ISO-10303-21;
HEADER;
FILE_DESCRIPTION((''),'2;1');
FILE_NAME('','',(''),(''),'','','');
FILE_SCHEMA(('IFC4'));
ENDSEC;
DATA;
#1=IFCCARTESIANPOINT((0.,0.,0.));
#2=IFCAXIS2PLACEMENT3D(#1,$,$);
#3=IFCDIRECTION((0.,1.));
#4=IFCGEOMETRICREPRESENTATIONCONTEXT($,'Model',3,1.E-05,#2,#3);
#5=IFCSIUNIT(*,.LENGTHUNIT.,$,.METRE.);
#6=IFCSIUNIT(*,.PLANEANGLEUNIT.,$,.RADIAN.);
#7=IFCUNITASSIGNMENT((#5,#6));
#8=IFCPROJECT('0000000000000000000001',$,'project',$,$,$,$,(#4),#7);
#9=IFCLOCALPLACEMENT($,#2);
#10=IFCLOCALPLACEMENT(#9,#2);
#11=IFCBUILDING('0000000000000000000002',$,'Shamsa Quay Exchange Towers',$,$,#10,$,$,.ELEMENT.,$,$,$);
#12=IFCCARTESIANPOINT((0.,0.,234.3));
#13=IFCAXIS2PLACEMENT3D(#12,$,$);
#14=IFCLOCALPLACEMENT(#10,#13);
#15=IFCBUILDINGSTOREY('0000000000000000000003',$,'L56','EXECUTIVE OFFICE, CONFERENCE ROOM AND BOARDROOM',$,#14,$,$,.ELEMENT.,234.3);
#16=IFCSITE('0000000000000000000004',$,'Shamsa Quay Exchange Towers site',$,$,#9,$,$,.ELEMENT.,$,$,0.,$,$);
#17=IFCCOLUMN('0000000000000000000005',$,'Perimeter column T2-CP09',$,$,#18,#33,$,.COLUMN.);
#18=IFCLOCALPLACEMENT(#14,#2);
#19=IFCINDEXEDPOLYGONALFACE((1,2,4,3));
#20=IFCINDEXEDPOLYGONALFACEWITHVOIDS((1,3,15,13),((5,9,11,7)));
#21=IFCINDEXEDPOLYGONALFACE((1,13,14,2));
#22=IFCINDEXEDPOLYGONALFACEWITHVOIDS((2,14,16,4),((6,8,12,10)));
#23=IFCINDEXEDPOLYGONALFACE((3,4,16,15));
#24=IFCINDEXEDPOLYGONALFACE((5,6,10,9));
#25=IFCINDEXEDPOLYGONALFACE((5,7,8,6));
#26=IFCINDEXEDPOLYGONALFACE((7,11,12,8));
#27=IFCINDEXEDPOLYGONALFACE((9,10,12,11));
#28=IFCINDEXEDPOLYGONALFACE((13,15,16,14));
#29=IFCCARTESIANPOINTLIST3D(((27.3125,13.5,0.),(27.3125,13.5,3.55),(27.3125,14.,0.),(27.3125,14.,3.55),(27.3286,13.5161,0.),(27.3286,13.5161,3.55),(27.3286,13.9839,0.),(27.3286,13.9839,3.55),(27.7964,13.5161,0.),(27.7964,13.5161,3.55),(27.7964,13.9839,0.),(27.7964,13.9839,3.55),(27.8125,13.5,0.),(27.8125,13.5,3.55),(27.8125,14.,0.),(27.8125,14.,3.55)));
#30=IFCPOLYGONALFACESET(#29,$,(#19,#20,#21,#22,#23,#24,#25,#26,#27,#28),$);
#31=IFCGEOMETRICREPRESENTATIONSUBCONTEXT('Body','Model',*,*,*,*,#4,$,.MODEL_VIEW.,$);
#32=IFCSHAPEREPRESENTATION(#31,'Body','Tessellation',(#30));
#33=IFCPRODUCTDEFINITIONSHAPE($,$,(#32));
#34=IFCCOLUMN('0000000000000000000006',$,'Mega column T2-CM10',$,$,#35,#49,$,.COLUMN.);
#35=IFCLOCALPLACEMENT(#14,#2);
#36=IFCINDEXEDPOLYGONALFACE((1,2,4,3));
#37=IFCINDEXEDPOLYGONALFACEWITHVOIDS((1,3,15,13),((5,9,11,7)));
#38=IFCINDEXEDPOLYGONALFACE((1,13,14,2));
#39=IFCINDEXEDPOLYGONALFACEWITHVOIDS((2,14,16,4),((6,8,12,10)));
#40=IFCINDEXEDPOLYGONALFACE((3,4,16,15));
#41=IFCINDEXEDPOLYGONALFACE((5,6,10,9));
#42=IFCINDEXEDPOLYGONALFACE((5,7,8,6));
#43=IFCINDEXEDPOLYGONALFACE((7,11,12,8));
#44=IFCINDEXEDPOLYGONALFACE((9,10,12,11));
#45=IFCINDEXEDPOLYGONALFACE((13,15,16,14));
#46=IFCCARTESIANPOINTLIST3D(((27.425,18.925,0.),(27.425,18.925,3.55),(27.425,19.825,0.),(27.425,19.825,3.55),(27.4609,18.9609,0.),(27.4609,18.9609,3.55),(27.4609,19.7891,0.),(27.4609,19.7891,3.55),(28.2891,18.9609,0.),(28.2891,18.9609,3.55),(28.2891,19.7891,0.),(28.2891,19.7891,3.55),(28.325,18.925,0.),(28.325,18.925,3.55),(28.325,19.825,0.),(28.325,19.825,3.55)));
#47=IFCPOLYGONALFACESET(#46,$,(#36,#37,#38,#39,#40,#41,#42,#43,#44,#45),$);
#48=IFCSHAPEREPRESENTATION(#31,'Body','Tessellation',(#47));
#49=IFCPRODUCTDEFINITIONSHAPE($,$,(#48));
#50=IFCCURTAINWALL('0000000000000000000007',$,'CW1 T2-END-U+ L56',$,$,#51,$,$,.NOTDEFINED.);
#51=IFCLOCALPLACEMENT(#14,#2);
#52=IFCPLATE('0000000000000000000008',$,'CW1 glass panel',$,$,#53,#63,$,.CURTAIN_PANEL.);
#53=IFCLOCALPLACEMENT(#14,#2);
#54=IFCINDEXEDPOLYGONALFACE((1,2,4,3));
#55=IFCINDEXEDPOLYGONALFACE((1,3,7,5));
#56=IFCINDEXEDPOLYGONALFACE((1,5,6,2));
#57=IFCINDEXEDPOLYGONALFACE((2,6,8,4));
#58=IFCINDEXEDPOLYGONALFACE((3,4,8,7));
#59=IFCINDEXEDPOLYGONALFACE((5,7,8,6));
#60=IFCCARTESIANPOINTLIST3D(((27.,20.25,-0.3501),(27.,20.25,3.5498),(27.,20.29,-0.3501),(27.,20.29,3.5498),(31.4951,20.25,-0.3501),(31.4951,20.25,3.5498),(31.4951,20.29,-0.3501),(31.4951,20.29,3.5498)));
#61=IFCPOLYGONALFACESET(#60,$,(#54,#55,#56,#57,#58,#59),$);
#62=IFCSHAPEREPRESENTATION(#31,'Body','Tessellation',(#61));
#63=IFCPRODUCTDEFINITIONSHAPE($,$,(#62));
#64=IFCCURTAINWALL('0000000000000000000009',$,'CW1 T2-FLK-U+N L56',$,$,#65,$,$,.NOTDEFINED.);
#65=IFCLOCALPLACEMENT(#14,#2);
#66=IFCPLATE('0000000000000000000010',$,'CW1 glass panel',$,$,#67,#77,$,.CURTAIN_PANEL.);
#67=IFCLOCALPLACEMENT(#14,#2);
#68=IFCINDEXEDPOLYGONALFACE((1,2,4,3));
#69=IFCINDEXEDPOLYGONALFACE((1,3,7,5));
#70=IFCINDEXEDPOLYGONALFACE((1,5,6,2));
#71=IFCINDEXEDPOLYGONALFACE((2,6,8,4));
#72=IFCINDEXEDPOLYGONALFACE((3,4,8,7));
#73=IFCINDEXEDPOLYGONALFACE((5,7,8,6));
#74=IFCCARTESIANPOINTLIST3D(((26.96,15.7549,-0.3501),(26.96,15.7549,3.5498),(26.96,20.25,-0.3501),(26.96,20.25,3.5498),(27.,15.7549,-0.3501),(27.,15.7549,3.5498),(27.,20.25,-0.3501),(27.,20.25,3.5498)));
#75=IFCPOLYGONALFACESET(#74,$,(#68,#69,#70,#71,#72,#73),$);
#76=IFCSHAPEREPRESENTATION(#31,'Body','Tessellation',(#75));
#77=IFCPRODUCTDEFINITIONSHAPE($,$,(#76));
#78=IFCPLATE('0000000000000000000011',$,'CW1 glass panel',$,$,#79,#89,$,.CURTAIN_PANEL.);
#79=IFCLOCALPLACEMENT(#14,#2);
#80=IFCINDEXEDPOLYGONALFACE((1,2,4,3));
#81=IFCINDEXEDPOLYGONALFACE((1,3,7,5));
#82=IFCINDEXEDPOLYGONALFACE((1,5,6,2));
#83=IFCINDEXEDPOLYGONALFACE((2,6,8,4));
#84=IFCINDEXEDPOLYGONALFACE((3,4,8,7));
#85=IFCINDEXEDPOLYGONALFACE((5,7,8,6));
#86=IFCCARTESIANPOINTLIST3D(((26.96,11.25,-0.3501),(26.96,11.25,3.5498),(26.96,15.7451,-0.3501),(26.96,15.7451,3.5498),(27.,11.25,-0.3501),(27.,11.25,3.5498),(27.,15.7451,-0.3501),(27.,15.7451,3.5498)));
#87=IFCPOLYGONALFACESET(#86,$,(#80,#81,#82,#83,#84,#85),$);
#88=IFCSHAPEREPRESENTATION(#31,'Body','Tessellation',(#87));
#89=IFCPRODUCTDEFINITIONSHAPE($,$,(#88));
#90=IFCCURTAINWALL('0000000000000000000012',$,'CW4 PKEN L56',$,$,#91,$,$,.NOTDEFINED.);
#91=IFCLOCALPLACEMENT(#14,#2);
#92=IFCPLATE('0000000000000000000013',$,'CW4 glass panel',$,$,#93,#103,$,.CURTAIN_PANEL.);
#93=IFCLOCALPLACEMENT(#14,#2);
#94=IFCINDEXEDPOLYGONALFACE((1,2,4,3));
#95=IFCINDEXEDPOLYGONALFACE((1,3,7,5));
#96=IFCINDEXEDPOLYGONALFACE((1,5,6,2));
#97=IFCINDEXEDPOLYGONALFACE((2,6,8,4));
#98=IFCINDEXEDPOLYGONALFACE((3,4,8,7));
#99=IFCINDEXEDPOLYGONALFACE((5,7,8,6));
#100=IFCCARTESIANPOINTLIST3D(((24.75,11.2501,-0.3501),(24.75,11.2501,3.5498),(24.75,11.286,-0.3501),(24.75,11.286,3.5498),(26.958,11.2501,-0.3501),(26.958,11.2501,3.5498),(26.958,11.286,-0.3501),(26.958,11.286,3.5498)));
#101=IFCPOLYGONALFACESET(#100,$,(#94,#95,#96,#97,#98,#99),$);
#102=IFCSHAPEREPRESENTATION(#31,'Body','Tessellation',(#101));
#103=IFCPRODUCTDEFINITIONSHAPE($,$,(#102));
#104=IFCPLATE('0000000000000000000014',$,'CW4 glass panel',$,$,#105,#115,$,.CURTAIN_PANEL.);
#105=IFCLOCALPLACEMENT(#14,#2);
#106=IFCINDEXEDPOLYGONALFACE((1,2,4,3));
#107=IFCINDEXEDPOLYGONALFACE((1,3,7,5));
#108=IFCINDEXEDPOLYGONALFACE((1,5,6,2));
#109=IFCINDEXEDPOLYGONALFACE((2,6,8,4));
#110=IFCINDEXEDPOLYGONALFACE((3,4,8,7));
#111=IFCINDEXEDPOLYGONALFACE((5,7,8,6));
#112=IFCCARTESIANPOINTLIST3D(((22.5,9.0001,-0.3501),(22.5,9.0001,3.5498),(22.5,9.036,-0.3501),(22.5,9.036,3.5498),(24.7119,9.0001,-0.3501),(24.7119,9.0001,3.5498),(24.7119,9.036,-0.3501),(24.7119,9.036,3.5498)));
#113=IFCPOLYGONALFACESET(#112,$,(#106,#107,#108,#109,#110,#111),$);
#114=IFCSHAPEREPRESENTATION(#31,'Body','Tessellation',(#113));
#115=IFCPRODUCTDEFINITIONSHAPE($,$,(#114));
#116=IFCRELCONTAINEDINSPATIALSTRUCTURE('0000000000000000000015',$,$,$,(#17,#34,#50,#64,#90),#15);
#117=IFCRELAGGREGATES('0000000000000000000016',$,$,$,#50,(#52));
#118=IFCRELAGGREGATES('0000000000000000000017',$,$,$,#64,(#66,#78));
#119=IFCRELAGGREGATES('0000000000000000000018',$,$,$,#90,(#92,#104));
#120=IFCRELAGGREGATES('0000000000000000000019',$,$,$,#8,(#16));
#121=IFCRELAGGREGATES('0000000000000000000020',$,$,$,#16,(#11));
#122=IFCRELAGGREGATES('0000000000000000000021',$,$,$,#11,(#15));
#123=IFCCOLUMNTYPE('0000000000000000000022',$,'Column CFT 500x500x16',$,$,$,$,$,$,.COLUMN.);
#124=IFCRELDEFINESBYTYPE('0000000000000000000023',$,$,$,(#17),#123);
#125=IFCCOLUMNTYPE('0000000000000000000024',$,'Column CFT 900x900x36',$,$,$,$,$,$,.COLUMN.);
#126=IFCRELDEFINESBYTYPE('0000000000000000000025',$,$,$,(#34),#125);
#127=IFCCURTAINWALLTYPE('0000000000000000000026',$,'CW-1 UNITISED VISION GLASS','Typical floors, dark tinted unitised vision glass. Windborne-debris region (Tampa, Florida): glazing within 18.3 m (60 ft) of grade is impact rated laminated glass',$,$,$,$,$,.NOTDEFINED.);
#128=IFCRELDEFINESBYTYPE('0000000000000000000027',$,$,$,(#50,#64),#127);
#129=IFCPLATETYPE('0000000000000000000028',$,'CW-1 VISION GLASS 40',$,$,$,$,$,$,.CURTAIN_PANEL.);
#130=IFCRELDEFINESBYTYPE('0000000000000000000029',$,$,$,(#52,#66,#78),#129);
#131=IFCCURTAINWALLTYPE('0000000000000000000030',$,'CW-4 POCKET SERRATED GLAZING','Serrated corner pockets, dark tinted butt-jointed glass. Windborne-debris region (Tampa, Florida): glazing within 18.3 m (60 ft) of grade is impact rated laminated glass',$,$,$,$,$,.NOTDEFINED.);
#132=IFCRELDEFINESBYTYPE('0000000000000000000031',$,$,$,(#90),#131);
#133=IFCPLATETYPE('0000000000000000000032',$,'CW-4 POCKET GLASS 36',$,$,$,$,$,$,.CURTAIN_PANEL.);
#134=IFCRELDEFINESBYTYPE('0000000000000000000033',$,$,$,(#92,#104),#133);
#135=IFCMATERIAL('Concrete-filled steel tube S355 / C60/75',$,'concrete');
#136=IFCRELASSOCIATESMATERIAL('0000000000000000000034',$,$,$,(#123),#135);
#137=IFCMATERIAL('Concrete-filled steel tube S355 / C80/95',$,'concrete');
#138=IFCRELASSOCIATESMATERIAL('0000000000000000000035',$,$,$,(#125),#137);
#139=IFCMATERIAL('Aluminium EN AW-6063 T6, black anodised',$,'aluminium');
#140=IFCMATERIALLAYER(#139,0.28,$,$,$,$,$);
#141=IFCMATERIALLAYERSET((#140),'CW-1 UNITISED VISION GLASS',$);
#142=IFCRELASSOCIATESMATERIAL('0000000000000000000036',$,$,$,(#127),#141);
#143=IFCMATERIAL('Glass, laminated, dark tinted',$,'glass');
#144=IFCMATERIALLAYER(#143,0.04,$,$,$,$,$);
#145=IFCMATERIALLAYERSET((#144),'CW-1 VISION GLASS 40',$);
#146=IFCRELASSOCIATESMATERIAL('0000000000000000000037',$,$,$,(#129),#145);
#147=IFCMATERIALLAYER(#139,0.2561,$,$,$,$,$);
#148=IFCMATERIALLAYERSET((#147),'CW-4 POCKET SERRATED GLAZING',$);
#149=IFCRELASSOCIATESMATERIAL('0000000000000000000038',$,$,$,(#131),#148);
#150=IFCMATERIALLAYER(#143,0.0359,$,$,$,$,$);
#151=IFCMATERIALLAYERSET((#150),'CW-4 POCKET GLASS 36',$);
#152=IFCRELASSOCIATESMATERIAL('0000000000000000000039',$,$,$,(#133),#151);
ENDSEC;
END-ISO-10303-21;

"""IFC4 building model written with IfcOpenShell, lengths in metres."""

from ifc_helpers import new_model, si_unit, direction, frame, origin, origin_2d, place, context, subcontext, project, spatial, rectangle, hollow_rectangle, extrude, material, layer, layer_set, material_profile, profile_set, type_object, element, aggregate, save


model = new_model("IFC4")

# Units and contexts
model_context = context("Model", 3, precision=1e-05, world=origin(), true_north=direction((0.0, 1.0)))
body_context = subcontext(model_context, "Body", "Model", "MODEL_VIEW")
ifc_project = project(units=[si_unit("LENGTHUNIT", "METRE"), si_unit("PLANEANGLEUNIT", "RADIAN")], contexts=[model_context])

# Site, building, storey
site_placement = place(None, origin())
site = spatial("IfcSite", under=ifc_project, at=site_placement, Name="Shamsa Quay Exchange Towers site", CompositionType="ELEMENT", RefElevation=0.0)
building_placement = place(site_placement, origin())
building = spatial("IfcBuilding", under=site, at=building_placement, Name="Shamsa Quay Exchange Towers", CompositionType="ELEMENT")
storey_placement = place(building_placement, frame((0.0, 0.0, 234.3)))
storey = spatial("IfcBuildingStorey", under=building, at=storey_placement, Name="L56", Description="EXECUTIVE OFFICE, CONFERENCE ROOM AND BOARDROOM", CompositionType="ELEMENT", Elevation=234.3)

# Columns
ifc_material_1 = material(Name="Concrete-filled steel tube S355 / C60/75", Category="concrete")
ifc_material_profile_1 = material_profile(ifc_material_1, hollow_rectangle(XDim=0.5, YDim=0.5, WallThickness=0.0161, at=origin_2d()), Name="CFT 500x500x16")
ifc_profile_set_1 = profile_set([ifc_material_profile_1], Name="Concrete-filled steel tube S355 / C60/75")
column_type_1 = type_object("IfcColumnType", Name="Column CFT 500x500x16", PredefinedType="COLUMN", material=ifc_profile_set_1)
column_1_placement = place(storey_placement, frame((27.5625, 13.75, 0.0)))
element("IfcColumn", 1, at=column_1_placement, inside=storey, type_object=column_type_1, Name="Perimeter column T2-CP09", PredefinedType="COLUMN", context=body_context, shape_type="SweptSolid", body=[
    extrude(hollow_rectangle(XDim=0.5, YDim=0.5, WallThickness=0.0161, at=origin_2d()), origin(), (0.0, 0.0, 1.0), 3.55),
])
ifc_material_2 = material(Name="Concrete-filled steel tube S355 / C80/95", Category="concrete")
ifc_material_profile_2 = material_profile(ifc_material_2, hollow_rectangle(XDim=0.8999, YDim=0.8999, WallThickness=0.0359, at=origin_2d()), Name="CFT 900x900x36")
ifc_profile_set_2 = profile_set([ifc_material_profile_2], Name="Concrete-filled steel tube S355 / C80/95")
column_type_2 = type_object("IfcColumnType", Name="Column CFT 900x900x36", PredefinedType="COLUMN", material=ifc_profile_set_2)
column_2_placement = place(storey_placement, frame((27.875, 19.375, 0.0)))
element("IfcColumn", 2, at=column_2_placement, inside=storey, type_object=column_type_2, Name="Mega column T2-CM10", PredefinedType="COLUMN", context=body_context, shape_type="SweptSolid", body=[
    extrude(hollow_rectangle(XDim=0.8999, YDim=0.8999, WallThickness=0.0359, at=origin_2d()), origin(), (0.0, 0.0, 1.0), 3.55),
])

# Curtain wall, plate
ifc_material_3 = material(Name="Aluminium EN AW-6063 T6, black anodised", Category="aluminium")
ifc_layer_1 = layer(ifc_material_3, 0.28)
ifc_layer_set_1 = layer_set([ifc_layer_1], Name="CW-1 UNITISED VISION GLASS")
curtain_wall_type_1 = type_object("IfcCurtainWallType", Name="CW-1 UNITISED VISION GLASS", Description="Typical floors, dark tinted unitised vision glass. Windborne-debris region (Tampa, Florida): glazing within 18.3 m (60 ft) of grade is impact rated laminated glass", PredefinedType="NOTDEFINED", material=ifc_layer_set_1)
curtain_wall_1_placement = place(storey_placement, origin())
curtain_wall_1 = element("IfcCurtainWall", 3, at=curtain_wall_1_placement, inside=storey, type_object=curtain_wall_type_1, Name="CW1 T2-END-U+ L56", PredefinedType="NOTDEFINED")
ifc_material_4 = material(Name="Glass, laminated, dark tinted", Category="glass")
ifc_layer_2 = layer(ifc_material_4, 0.04)
ifc_layer_set_2 = layer_set([ifc_layer_2], Name="CW-1 VISION GLASS 40")
plate_type_1 = type_object("IfcPlateType", Name="CW-1 VISION GLASS 40", PredefinedType="CURTAIN_PANEL", material=ifc_layer_set_2)
plate_1_placement = place(storey_placement, frame((29.2476, 20.27, -0.3501), z_axis=(0.0, 0.0, 1.0), x_axis=(-1.0, 0.0, 0.0)))
plate_1 = element("IfcPlate", 4, at=plate_1_placement, type_object=plate_type_1, Name="CW1 glass panel", PredefinedType="CURTAIN_PANEL", context=body_context, shape_type="SweptSolid", body=[
    extrude(rectangle(XDim=4.4951, YDim=0.04, at=origin_2d()), origin(), (0.0, 0.0, 1.0), 3.8999),
])
aggregate(curtain_wall_1, [plate_1])

# Curtain walls, plates
curtain_wall_2_placement = place(storey_placement, origin())
curtain_wall_2 = element("IfcCurtainWall", 5, at=curtain_wall_2_placement, inside=storey, type_object=curtain_wall_type_1, Name="CW1 T2-FLK-U+N L56", PredefinedType="NOTDEFINED")
plate_2_placement = place(storey_placement, frame((26.98, 18.0024, -0.3501), z_axis=(0.0, 0.0, 1.0), x_axis=(0.0, -1.0, 0.0)))
plate_2 = element("IfcPlate", 6, at=plate_2_placement, type_object=plate_type_1, Name="CW1 glass panel", PredefinedType="CURTAIN_PANEL", context=body_context, shape_type="SweptSolid", body=[
    extrude(rectangle(XDim=4.4951, YDim=0.04, at=origin_2d()), origin(), (0.0, 0.0, 1.0), 3.8999),
])
plate_3_placement = place(storey_placement, frame((26.98, 13.4976, -0.3501), z_axis=(0.0, 0.0, 1.0), x_axis=(0.0, -1.0, 0.0)))
plate_3 = element("IfcPlate", 7, at=plate_3_placement, type_object=plate_type_1, Name="CW1 glass panel", PredefinedType="CURTAIN_PANEL", context=body_context, shape_type="SweptSolid", body=[
    extrude(rectangle(XDim=4.4951, YDim=0.04, at=origin_2d()), origin(), (0.0, 0.0, 1.0), 3.8999),
])
aggregate(curtain_wall_2, [plate_2, plate_3])
ifc_layer_3 = layer(ifc_material_3, 0.2561)
ifc_layer_set_3 = layer_set([ifc_layer_3], Name="CW-4 POCKET SERRATED GLAZING")
curtain_wall_type_2 = type_object("IfcCurtainWallType", Name="CW-4 POCKET SERRATED GLAZING", Description="Serrated corner pockets, dark tinted butt-jointed glass. Windborne-debris region (Tampa, Florida): glazing within 18.3 m (60 ft) of grade is impact rated laminated glass", PredefinedType="NOTDEFINED", material=ifc_layer_set_3)
curtain_wall_3_placement = place(storey_placement, origin())
curtain_wall_3 = element("IfcCurtainWall", 8, at=curtain_wall_3_placement, inside=storey, type_object=curtain_wall_type_2, Name="CW4 PKEN L56", PredefinedType="NOTDEFINED")
ifc_layer_4 = layer(ifc_material_4, 0.0359)
ifc_layer_set_4 = layer_set([ifc_layer_4], Name="CW-4 POCKET GLASS 36")
plate_type_2 = type_object("IfcPlateType", Name="CW-4 POCKET GLASS 36", PredefinedType="CURTAIN_PANEL", material=ifc_layer_set_4)
plate_4_placement = place(storey_placement, frame((25.854, 11.2681, -0.3501), z_axis=(0.0, 0.0, 1.0), x_axis=(-1.0, 0.0, 0.0)))
plate_4 = element("IfcPlate", 9, at=plate_4_placement, type_object=plate_type_2, Name="CW4 glass panel", PredefinedType="CURTAIN_PANEL", context=body_context, shape_type="SweptSolid", body=[
    extrude(rectangle(XDim=2.208, YDim=0.0359, at=origin_2d()), origin(), (0.0, 0.0, 1.0), 3.8999),
])
plate_5_placement = place(storey_placement, frame((23.606, 9.0181, -0.3501), z_axis=(0.0, 0.0, 1.0), x_axis=(-1.0, 0.0, 0.0)))
plate_5 = element("IfcPlate", 10, at=plate_5_placement, type_object=plate_type_2, Name="CW4 glass panel", PredefinedType="CURTAIN_PANEL", context=body_context, shape_type="SweptSolid", body=[
    extrude(rectangle(XDim=2.2119, YDim=0.0359, at=origin_2d()), origin(), (0.0, 0.0, 1.0), 3.8999),
])
aggregate(curtain_wall_3, [plate_4, plate_5])

save(model, "model.ifc")
